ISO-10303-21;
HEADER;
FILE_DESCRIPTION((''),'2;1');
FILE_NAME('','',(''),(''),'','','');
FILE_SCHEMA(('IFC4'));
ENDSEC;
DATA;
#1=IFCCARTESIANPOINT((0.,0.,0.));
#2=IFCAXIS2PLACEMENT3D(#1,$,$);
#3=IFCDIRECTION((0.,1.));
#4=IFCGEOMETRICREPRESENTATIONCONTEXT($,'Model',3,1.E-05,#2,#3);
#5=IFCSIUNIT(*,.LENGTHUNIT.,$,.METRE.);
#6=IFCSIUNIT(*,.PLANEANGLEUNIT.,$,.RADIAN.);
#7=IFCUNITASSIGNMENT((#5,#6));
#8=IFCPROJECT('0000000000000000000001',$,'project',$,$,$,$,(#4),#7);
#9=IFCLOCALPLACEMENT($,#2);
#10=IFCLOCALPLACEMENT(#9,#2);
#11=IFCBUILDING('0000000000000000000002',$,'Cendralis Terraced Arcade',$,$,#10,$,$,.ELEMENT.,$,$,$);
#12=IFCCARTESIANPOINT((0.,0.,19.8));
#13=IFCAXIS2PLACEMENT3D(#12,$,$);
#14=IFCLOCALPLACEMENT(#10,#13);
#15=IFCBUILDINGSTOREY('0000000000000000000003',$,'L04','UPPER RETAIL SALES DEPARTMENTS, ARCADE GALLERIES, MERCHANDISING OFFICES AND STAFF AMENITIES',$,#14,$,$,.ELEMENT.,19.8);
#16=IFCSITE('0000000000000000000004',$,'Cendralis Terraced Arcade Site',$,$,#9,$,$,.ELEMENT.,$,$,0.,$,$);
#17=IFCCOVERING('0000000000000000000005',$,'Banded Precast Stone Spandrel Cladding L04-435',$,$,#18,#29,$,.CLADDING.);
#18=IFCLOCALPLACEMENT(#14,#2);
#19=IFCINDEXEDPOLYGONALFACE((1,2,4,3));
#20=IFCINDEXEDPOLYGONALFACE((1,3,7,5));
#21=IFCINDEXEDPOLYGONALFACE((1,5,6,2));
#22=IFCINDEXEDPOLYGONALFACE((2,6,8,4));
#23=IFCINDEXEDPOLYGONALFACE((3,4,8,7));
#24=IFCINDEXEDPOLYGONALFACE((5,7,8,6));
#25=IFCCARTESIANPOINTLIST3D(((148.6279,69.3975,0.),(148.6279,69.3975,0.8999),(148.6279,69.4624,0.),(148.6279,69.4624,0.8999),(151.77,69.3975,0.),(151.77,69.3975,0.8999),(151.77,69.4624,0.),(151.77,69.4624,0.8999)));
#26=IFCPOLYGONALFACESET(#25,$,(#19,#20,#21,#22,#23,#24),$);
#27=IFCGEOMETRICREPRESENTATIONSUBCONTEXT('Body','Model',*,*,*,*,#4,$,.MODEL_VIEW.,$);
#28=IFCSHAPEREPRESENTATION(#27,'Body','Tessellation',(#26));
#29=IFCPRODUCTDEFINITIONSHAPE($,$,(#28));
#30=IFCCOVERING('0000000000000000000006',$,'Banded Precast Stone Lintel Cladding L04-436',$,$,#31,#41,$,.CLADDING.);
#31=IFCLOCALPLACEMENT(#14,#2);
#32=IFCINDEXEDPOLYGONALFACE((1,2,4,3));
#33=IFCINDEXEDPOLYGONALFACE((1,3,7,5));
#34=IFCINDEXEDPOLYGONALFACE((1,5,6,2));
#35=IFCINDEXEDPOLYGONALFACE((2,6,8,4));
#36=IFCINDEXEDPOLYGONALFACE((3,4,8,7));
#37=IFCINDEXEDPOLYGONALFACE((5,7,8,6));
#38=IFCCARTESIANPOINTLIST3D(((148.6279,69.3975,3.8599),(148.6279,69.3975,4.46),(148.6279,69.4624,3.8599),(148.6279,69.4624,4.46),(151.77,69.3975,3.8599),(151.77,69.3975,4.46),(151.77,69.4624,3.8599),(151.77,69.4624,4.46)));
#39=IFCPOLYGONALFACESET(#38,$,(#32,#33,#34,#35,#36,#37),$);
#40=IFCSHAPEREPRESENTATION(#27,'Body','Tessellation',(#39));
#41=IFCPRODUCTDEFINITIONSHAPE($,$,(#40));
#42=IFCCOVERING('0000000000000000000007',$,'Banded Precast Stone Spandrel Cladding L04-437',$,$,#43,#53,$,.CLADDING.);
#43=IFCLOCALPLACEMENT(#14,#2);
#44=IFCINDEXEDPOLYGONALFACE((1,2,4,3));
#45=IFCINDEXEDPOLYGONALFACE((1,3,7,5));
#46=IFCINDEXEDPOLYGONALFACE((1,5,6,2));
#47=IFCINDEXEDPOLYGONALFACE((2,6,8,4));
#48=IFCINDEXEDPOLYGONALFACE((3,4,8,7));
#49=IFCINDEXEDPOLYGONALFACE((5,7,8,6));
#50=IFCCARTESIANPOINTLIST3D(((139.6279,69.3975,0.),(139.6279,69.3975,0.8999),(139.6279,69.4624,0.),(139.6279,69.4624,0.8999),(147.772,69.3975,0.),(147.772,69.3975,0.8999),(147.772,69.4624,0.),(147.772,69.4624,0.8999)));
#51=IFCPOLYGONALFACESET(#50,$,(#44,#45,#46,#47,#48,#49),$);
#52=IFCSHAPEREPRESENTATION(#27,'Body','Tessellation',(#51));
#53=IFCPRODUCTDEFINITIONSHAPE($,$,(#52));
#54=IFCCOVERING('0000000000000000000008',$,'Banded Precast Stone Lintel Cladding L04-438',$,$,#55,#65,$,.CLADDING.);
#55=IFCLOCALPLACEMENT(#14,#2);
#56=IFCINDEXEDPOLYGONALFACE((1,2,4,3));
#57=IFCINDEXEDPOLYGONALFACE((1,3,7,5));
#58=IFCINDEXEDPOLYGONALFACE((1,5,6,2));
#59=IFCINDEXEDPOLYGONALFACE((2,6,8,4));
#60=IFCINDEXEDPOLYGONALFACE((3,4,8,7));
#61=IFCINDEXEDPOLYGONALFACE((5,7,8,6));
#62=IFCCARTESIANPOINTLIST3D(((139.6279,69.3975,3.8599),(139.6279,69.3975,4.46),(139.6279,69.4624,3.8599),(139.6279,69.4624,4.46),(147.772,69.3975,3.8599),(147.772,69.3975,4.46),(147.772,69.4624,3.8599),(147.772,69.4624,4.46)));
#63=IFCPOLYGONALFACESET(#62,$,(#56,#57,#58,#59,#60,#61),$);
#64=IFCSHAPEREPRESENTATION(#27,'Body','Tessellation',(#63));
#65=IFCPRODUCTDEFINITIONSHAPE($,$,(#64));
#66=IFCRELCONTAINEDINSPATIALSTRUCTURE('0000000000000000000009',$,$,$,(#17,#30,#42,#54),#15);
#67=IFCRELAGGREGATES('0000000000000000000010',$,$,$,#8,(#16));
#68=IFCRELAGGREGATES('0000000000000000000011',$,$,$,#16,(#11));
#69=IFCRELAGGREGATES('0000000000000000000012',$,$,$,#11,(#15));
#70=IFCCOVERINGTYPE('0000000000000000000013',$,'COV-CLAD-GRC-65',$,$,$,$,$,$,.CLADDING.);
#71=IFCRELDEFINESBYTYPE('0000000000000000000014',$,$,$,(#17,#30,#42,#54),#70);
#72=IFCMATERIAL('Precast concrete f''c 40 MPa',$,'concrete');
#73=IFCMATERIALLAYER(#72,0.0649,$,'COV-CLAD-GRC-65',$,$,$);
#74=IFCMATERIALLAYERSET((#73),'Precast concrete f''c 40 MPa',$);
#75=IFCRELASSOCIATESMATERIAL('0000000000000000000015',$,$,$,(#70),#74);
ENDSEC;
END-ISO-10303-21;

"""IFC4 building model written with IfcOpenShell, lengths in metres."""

from ifc_helpers import new_model, si_unit, direction, frame, origin, origin_2d, place, context, subcontext, project, spatial, rectangle, extrude, material, layer, layer_set, type_object, element, save


model = new_model("IFC4")

# Units and contexts
model_context = context("Model", 3, precision=1e-05, world=origin(), true_north=direction((0.0, 1.0)))
body_context = subcontext(model_context, "Body", "Model", "MODEL_VIEW")
ifc_project = project(units=[si_unit("LENGTHUNIT", "METRE"), si_unit("PLANEANGLEUNIT", "RADIAN")], contexts=[model_context])

# Site, building, storey
site_placement = place(None, origin())
site = spatial("IfcSite", under=ifc_project, at=site_placement, Name="Cendralis Terraced Arcade Site", CompositionType="ELEMENT", RefElevation=0.0)
building_placement = place(site_placement, origin())
building = spatial("IfcBuilding", under=site, at=building_placement, Name="Cendralis Terraced Arcade", CompositionType="ELEMENT")
storey_placement = place(building_placement, frame((0.0, 0.0, 19.8)))
storey = spatial("IfcBuildingStorey", under=building, at=storey_placement, Name="L04", Description="UPPER RETAIL SALES DEPARTMENTS, ARCADE GALLERIES, MERCHANDISING OFFICES AND STAFF AMENITIES", CompositionType="ELEMENT", Elevation=19.8)

# Shared definitions
ifc_material_1 = material(Name="Precast concrete f'c 40 MPa", Category="concrete")

# Coverings
ifc_layer_1 = layer(ifc_material_1, 0.0649, Name="COV-CLAD-GRC-65")
ifc_layer_set_1 = layer_set([ifc_layer_1], Name="Precast concrete f'c 40 MPa")
covering_type = type_object("IfcCoveringType", Name="COV-CLAD-GRC-65", PredefinedType="CLADDING", material=ifc_layer_set_1)
covering_1_placement = place(storey_placement, frame((150.199, 69.4299, 0.0), z_axis=(0.0, 0.0, 1.0), x_axis=(-1.0, 0.0, 0.0)))
element("IfcCovering", 1, at=covering_1_placement, inside=storey, type_object=covering_type, Name="Banded Precast Stone Spandrel Cladding L04-435", PredefinedType="CLADDING", context=body_context, shape_type="SweptSolid", body=[
    extrude(rectangle(XDim=3.1421, YDim=0.0649, at=origin_2d()), origin(), (0.0, 0.0, 1.0), 0.8999),
])
covering_2_placement = place(storey_placement, frame((150.199, 69.4299, 3.8599), z_axis=(0.0, 0.0, 1.0), x_axis=(-1.0, 0.0, 0.0)))
element("IfcCovering", 2, at=covering_2_placement, inside=storey, type_object=covering_type, Name="Banded Precast Stone Lintel Cladding L04-436", PredefinedType="CLADDING", context=body_context, shape_type="SweptSolid", body=[
    extrude(rectangle(XDim=3.1421, YDim=0.0649, at=origin_2d()), origin(), (0.0, 0.0, 1.0), 0.6001),
])
covering_3_placement = place(storey_placement, frame((143.7, 69.4299, 0.0), z_axis=(0.0, 0.0, 1.0), x_axis=(-1.0, 0.0, 0.0)))
element("IfcCovering", 3, at=covering_3_placement, inside=storey, type_object=covering_type, Name="Banded Precast Stone Spandrel Cladding L04-437", PredefinedType="CLADDING", context=body_context, shape_type="SweptSolid", body=[
    extrude(rectangle(XDim=8.144, YDim=0.0649, at=origin_2d()), origin(), (0.0, 0.0, 1.0), 0.8999),
])
covering_4_placement = place(storey_placement, frame((143.7, 69.4299, 3.8599), z_axis=(0.0, 0.0, 1.0), x_axis=(-1.0, 0.0, 0.0)))
element("IfcCovering", 4, at=covering_4_placement, inside=storey, type_object=covering_type, Name="Banded Precast Stone Lintel Cladding L04-438", PredefinedType="CLADDING", context=body_context, shape_type="SweptSolid", body=[
    extrude(rectangle(XDim=8.144, YDim=0.0649, at=origin_2d()), origin(), (0.0, 0.0, 1.0), 0.6001),
])

save(model, "model.ifc")
